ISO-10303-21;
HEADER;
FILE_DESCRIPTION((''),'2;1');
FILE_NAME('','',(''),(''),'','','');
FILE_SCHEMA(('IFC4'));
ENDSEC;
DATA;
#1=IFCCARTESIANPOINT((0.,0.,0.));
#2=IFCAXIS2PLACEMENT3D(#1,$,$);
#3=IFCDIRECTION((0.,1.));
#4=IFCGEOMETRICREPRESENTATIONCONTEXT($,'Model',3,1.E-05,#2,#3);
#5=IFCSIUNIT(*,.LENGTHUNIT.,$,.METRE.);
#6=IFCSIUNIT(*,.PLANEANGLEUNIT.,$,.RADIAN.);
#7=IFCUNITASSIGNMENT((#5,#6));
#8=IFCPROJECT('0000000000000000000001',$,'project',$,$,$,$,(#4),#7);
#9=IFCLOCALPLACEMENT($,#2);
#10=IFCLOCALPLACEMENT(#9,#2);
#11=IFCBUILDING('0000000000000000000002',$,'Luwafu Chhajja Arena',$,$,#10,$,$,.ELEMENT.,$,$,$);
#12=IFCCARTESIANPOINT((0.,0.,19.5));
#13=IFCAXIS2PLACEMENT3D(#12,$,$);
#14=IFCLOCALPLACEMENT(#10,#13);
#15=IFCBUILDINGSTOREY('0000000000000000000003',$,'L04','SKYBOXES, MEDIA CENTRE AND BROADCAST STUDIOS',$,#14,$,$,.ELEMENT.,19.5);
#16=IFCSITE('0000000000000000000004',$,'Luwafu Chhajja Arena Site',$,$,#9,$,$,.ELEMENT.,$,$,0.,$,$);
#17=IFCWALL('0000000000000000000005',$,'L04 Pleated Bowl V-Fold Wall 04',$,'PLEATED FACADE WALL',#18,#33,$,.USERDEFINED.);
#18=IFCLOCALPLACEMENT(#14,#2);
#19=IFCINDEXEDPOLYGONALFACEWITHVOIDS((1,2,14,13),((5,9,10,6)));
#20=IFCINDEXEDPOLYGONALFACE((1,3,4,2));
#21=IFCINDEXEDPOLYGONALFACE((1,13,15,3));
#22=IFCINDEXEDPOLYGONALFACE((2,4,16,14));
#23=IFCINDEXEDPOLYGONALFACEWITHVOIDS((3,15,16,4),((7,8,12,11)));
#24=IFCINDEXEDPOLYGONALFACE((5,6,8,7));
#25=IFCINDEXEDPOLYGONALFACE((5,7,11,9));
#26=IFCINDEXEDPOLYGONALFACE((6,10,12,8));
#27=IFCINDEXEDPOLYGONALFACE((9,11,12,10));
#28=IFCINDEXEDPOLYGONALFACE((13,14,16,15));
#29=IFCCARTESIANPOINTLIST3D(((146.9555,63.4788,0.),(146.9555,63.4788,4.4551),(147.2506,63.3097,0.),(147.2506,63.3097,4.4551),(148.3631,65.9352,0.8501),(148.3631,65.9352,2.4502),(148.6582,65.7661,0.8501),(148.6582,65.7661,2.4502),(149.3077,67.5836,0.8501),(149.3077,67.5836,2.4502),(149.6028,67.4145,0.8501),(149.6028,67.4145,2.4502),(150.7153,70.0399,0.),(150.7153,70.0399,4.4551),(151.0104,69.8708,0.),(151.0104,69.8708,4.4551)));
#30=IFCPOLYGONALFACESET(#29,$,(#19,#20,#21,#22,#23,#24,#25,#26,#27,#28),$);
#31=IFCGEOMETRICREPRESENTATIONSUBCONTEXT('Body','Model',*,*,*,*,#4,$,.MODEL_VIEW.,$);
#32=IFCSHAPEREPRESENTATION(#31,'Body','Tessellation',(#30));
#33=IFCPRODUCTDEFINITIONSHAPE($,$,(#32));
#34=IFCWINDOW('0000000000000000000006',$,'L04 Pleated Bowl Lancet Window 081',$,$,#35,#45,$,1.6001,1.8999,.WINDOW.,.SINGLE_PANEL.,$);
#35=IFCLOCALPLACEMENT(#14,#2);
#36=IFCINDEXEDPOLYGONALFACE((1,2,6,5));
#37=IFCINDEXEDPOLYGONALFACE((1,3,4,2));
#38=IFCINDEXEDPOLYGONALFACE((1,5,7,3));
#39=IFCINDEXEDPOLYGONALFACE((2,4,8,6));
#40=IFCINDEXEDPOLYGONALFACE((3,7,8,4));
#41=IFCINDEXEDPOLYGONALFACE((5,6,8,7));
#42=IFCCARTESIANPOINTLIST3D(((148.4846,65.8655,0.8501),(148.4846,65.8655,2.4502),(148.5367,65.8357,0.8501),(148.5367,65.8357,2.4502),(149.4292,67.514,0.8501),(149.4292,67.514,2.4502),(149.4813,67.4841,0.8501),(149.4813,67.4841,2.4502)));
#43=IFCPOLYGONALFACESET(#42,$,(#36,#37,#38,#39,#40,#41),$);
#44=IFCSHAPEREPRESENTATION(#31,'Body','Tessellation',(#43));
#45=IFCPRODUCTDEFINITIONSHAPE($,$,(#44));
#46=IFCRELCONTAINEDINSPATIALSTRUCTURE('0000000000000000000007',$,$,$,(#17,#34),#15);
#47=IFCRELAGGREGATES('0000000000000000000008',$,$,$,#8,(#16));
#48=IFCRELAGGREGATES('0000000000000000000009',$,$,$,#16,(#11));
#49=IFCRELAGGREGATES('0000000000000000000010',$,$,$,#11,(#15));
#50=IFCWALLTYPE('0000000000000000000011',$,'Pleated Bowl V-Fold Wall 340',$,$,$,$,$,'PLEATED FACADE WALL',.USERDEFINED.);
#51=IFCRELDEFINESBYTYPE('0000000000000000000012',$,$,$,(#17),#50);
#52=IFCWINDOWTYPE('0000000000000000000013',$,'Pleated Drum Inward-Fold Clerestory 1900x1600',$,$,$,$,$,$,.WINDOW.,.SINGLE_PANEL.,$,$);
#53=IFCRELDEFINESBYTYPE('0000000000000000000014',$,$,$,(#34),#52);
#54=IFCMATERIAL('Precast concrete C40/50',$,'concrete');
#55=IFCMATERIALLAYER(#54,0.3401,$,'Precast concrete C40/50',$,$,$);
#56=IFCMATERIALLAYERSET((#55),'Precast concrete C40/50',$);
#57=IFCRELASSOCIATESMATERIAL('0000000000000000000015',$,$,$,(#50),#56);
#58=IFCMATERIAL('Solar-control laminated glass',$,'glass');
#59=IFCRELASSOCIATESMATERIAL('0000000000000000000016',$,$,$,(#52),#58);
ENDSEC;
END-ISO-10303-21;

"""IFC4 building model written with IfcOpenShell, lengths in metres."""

from ifc_helpers import new_model, si_unit, direction, frame, frame_2d, origin, place, context, subcontext, project, spatial, rectangle, extrude, material, layer, layer_set, type_object, element, fill, save


model = new_model("IFC4")

# Units and contexts
model_context = context("Model", 3, precision=1e-05, world=origin(), true_north=direction((0.0, 1.0)))
body_context = subcontext(model_context, "Body", "Model", "MODEL_VIEW")
ifc_project = project(units=[si_unit("LENGTHUNIT", "METRE"), si_unit("PLANEANGLEUNIT", "RADIAN")], contexts=[model_context])

# Site, building, storey
site_placement = place(None, origin())
site = spatial("IfcSite", under=ifc_project, at=site_placement, Name="Luwafu Chhajja Arena Site", CompositionType="ELEMENT", RefElevation=0.0)
building_placement = place(site_placement, origin())
building = spatial("IfcBuilding", under=site, at=building_placement, Name="Luwafu Chhajja Arena", CompositionType="ELEMENT")
storey_placement = place(building_placement, frame((0.0, 0.0, 19.5)))
storey = spatial("IfcBuildingStorey", under=building, at=storey_placement, Name="L04", Description="SKYBOXES, MEDIA CENTRE AND BROADCAST STUDIOS", CompositionType="ELEMENT", Elevation=19.5)

# Shared definitions
ifc_material_1 = material(Name="Solar-control laminated glass", Category="glass")

# Wall, opening, window
ifc_material_2 = material(Name="Precast concrete C40/50", Category="concrete")
ifc_layer_1 = layer(ifc_material_2, 0.3401, Name="Precast concrete C40/50")
ifc_layer_set_1 = layer_set([ifc_layer_1], Name="Precast concrete C40/50")
wall_type = type_object("IfcWallType", Name="Pleated Bowl V-Fold Wall 340", ElementType="PLEATED FACADE WALL", PredefinedType="USERDEFINED", material=ifc_layer_set_1)
wall_placement = place(storey_placement, frame((147.103, 63.3943, 0.0), z_axis=(0.0, 0.0, 1.0), x_axis=(0.497196, 0.867639, 0.0)))
wall = element("IfcWall", 1, at=wall_placement, inside=storey, type_object=wall_type, Name="L04 Pleated Bowl V-Fold Wall 04", ObjectType="PLEATED FACADE WALL", PredefinedType="USERDEFINED", context=body_context, shape_type="SweptSolid", body=[
    extrude(rectangle(XDim=7.562, YDim=0.3401, at=frame_2d((3.781, 0.0))), origin(), (0.0, 0.0, 1.0), 4.4551),
])
opening_placement = place(wall_placement, frame((2.8311, 0.0, 0.8501)))
opening = element("IfcOpeningElement", 2, at=opening_placement, cuts=wall, PredefinedType="OPENING", context=body_context, shape_type="SweptSolid", body=[
    extrude(rectangle(XDim=1.8999, YDim=1.6001, at=frame_2d((0.95, 0.8))), frame((0.0, 0.1799, 0.0), z_axis=(0.0, -1.0, 0.0), x_axis=(1.0, 0.0, 0.0)), (0.0, 0.0, 1.0), 0.3601),
])
window_type = type_object("IfcWindowType", Name="Pleated Drum Inward-Fold Clerestory 1900x1600", PartitioningType="SINGLE_PANEL", PredefinedType="WINDOW", material=ifc_material_1)
window_placement = place(opening_placement, origin())
window = element("IfcWindow", 3, at=window_placement, inside=storey, type_object=window_type, Name="L04 Pleated Bowl Lancet Window 081", OverallHeight=1.6001, OverallWidth=1.8999, PartitioningType="SINGLE_PANEL", PredefinedType="WINDOW", context=body_context, shape_type="SweptSolid", body=[
    extrude(rectangle(XDim=1.8999, YDim=1.6001, at=frame_2d((0.95, 0.8))), frame((0.0, 0.03, 0.0), z_axis=(0.0, -1.0, 0.0), x_axis=(1.0, 0.0, 0.0)), (0.0, 0.0, 1.0), 0.0601),
])
fill(opening, window)

save(model, "model.ifc")
